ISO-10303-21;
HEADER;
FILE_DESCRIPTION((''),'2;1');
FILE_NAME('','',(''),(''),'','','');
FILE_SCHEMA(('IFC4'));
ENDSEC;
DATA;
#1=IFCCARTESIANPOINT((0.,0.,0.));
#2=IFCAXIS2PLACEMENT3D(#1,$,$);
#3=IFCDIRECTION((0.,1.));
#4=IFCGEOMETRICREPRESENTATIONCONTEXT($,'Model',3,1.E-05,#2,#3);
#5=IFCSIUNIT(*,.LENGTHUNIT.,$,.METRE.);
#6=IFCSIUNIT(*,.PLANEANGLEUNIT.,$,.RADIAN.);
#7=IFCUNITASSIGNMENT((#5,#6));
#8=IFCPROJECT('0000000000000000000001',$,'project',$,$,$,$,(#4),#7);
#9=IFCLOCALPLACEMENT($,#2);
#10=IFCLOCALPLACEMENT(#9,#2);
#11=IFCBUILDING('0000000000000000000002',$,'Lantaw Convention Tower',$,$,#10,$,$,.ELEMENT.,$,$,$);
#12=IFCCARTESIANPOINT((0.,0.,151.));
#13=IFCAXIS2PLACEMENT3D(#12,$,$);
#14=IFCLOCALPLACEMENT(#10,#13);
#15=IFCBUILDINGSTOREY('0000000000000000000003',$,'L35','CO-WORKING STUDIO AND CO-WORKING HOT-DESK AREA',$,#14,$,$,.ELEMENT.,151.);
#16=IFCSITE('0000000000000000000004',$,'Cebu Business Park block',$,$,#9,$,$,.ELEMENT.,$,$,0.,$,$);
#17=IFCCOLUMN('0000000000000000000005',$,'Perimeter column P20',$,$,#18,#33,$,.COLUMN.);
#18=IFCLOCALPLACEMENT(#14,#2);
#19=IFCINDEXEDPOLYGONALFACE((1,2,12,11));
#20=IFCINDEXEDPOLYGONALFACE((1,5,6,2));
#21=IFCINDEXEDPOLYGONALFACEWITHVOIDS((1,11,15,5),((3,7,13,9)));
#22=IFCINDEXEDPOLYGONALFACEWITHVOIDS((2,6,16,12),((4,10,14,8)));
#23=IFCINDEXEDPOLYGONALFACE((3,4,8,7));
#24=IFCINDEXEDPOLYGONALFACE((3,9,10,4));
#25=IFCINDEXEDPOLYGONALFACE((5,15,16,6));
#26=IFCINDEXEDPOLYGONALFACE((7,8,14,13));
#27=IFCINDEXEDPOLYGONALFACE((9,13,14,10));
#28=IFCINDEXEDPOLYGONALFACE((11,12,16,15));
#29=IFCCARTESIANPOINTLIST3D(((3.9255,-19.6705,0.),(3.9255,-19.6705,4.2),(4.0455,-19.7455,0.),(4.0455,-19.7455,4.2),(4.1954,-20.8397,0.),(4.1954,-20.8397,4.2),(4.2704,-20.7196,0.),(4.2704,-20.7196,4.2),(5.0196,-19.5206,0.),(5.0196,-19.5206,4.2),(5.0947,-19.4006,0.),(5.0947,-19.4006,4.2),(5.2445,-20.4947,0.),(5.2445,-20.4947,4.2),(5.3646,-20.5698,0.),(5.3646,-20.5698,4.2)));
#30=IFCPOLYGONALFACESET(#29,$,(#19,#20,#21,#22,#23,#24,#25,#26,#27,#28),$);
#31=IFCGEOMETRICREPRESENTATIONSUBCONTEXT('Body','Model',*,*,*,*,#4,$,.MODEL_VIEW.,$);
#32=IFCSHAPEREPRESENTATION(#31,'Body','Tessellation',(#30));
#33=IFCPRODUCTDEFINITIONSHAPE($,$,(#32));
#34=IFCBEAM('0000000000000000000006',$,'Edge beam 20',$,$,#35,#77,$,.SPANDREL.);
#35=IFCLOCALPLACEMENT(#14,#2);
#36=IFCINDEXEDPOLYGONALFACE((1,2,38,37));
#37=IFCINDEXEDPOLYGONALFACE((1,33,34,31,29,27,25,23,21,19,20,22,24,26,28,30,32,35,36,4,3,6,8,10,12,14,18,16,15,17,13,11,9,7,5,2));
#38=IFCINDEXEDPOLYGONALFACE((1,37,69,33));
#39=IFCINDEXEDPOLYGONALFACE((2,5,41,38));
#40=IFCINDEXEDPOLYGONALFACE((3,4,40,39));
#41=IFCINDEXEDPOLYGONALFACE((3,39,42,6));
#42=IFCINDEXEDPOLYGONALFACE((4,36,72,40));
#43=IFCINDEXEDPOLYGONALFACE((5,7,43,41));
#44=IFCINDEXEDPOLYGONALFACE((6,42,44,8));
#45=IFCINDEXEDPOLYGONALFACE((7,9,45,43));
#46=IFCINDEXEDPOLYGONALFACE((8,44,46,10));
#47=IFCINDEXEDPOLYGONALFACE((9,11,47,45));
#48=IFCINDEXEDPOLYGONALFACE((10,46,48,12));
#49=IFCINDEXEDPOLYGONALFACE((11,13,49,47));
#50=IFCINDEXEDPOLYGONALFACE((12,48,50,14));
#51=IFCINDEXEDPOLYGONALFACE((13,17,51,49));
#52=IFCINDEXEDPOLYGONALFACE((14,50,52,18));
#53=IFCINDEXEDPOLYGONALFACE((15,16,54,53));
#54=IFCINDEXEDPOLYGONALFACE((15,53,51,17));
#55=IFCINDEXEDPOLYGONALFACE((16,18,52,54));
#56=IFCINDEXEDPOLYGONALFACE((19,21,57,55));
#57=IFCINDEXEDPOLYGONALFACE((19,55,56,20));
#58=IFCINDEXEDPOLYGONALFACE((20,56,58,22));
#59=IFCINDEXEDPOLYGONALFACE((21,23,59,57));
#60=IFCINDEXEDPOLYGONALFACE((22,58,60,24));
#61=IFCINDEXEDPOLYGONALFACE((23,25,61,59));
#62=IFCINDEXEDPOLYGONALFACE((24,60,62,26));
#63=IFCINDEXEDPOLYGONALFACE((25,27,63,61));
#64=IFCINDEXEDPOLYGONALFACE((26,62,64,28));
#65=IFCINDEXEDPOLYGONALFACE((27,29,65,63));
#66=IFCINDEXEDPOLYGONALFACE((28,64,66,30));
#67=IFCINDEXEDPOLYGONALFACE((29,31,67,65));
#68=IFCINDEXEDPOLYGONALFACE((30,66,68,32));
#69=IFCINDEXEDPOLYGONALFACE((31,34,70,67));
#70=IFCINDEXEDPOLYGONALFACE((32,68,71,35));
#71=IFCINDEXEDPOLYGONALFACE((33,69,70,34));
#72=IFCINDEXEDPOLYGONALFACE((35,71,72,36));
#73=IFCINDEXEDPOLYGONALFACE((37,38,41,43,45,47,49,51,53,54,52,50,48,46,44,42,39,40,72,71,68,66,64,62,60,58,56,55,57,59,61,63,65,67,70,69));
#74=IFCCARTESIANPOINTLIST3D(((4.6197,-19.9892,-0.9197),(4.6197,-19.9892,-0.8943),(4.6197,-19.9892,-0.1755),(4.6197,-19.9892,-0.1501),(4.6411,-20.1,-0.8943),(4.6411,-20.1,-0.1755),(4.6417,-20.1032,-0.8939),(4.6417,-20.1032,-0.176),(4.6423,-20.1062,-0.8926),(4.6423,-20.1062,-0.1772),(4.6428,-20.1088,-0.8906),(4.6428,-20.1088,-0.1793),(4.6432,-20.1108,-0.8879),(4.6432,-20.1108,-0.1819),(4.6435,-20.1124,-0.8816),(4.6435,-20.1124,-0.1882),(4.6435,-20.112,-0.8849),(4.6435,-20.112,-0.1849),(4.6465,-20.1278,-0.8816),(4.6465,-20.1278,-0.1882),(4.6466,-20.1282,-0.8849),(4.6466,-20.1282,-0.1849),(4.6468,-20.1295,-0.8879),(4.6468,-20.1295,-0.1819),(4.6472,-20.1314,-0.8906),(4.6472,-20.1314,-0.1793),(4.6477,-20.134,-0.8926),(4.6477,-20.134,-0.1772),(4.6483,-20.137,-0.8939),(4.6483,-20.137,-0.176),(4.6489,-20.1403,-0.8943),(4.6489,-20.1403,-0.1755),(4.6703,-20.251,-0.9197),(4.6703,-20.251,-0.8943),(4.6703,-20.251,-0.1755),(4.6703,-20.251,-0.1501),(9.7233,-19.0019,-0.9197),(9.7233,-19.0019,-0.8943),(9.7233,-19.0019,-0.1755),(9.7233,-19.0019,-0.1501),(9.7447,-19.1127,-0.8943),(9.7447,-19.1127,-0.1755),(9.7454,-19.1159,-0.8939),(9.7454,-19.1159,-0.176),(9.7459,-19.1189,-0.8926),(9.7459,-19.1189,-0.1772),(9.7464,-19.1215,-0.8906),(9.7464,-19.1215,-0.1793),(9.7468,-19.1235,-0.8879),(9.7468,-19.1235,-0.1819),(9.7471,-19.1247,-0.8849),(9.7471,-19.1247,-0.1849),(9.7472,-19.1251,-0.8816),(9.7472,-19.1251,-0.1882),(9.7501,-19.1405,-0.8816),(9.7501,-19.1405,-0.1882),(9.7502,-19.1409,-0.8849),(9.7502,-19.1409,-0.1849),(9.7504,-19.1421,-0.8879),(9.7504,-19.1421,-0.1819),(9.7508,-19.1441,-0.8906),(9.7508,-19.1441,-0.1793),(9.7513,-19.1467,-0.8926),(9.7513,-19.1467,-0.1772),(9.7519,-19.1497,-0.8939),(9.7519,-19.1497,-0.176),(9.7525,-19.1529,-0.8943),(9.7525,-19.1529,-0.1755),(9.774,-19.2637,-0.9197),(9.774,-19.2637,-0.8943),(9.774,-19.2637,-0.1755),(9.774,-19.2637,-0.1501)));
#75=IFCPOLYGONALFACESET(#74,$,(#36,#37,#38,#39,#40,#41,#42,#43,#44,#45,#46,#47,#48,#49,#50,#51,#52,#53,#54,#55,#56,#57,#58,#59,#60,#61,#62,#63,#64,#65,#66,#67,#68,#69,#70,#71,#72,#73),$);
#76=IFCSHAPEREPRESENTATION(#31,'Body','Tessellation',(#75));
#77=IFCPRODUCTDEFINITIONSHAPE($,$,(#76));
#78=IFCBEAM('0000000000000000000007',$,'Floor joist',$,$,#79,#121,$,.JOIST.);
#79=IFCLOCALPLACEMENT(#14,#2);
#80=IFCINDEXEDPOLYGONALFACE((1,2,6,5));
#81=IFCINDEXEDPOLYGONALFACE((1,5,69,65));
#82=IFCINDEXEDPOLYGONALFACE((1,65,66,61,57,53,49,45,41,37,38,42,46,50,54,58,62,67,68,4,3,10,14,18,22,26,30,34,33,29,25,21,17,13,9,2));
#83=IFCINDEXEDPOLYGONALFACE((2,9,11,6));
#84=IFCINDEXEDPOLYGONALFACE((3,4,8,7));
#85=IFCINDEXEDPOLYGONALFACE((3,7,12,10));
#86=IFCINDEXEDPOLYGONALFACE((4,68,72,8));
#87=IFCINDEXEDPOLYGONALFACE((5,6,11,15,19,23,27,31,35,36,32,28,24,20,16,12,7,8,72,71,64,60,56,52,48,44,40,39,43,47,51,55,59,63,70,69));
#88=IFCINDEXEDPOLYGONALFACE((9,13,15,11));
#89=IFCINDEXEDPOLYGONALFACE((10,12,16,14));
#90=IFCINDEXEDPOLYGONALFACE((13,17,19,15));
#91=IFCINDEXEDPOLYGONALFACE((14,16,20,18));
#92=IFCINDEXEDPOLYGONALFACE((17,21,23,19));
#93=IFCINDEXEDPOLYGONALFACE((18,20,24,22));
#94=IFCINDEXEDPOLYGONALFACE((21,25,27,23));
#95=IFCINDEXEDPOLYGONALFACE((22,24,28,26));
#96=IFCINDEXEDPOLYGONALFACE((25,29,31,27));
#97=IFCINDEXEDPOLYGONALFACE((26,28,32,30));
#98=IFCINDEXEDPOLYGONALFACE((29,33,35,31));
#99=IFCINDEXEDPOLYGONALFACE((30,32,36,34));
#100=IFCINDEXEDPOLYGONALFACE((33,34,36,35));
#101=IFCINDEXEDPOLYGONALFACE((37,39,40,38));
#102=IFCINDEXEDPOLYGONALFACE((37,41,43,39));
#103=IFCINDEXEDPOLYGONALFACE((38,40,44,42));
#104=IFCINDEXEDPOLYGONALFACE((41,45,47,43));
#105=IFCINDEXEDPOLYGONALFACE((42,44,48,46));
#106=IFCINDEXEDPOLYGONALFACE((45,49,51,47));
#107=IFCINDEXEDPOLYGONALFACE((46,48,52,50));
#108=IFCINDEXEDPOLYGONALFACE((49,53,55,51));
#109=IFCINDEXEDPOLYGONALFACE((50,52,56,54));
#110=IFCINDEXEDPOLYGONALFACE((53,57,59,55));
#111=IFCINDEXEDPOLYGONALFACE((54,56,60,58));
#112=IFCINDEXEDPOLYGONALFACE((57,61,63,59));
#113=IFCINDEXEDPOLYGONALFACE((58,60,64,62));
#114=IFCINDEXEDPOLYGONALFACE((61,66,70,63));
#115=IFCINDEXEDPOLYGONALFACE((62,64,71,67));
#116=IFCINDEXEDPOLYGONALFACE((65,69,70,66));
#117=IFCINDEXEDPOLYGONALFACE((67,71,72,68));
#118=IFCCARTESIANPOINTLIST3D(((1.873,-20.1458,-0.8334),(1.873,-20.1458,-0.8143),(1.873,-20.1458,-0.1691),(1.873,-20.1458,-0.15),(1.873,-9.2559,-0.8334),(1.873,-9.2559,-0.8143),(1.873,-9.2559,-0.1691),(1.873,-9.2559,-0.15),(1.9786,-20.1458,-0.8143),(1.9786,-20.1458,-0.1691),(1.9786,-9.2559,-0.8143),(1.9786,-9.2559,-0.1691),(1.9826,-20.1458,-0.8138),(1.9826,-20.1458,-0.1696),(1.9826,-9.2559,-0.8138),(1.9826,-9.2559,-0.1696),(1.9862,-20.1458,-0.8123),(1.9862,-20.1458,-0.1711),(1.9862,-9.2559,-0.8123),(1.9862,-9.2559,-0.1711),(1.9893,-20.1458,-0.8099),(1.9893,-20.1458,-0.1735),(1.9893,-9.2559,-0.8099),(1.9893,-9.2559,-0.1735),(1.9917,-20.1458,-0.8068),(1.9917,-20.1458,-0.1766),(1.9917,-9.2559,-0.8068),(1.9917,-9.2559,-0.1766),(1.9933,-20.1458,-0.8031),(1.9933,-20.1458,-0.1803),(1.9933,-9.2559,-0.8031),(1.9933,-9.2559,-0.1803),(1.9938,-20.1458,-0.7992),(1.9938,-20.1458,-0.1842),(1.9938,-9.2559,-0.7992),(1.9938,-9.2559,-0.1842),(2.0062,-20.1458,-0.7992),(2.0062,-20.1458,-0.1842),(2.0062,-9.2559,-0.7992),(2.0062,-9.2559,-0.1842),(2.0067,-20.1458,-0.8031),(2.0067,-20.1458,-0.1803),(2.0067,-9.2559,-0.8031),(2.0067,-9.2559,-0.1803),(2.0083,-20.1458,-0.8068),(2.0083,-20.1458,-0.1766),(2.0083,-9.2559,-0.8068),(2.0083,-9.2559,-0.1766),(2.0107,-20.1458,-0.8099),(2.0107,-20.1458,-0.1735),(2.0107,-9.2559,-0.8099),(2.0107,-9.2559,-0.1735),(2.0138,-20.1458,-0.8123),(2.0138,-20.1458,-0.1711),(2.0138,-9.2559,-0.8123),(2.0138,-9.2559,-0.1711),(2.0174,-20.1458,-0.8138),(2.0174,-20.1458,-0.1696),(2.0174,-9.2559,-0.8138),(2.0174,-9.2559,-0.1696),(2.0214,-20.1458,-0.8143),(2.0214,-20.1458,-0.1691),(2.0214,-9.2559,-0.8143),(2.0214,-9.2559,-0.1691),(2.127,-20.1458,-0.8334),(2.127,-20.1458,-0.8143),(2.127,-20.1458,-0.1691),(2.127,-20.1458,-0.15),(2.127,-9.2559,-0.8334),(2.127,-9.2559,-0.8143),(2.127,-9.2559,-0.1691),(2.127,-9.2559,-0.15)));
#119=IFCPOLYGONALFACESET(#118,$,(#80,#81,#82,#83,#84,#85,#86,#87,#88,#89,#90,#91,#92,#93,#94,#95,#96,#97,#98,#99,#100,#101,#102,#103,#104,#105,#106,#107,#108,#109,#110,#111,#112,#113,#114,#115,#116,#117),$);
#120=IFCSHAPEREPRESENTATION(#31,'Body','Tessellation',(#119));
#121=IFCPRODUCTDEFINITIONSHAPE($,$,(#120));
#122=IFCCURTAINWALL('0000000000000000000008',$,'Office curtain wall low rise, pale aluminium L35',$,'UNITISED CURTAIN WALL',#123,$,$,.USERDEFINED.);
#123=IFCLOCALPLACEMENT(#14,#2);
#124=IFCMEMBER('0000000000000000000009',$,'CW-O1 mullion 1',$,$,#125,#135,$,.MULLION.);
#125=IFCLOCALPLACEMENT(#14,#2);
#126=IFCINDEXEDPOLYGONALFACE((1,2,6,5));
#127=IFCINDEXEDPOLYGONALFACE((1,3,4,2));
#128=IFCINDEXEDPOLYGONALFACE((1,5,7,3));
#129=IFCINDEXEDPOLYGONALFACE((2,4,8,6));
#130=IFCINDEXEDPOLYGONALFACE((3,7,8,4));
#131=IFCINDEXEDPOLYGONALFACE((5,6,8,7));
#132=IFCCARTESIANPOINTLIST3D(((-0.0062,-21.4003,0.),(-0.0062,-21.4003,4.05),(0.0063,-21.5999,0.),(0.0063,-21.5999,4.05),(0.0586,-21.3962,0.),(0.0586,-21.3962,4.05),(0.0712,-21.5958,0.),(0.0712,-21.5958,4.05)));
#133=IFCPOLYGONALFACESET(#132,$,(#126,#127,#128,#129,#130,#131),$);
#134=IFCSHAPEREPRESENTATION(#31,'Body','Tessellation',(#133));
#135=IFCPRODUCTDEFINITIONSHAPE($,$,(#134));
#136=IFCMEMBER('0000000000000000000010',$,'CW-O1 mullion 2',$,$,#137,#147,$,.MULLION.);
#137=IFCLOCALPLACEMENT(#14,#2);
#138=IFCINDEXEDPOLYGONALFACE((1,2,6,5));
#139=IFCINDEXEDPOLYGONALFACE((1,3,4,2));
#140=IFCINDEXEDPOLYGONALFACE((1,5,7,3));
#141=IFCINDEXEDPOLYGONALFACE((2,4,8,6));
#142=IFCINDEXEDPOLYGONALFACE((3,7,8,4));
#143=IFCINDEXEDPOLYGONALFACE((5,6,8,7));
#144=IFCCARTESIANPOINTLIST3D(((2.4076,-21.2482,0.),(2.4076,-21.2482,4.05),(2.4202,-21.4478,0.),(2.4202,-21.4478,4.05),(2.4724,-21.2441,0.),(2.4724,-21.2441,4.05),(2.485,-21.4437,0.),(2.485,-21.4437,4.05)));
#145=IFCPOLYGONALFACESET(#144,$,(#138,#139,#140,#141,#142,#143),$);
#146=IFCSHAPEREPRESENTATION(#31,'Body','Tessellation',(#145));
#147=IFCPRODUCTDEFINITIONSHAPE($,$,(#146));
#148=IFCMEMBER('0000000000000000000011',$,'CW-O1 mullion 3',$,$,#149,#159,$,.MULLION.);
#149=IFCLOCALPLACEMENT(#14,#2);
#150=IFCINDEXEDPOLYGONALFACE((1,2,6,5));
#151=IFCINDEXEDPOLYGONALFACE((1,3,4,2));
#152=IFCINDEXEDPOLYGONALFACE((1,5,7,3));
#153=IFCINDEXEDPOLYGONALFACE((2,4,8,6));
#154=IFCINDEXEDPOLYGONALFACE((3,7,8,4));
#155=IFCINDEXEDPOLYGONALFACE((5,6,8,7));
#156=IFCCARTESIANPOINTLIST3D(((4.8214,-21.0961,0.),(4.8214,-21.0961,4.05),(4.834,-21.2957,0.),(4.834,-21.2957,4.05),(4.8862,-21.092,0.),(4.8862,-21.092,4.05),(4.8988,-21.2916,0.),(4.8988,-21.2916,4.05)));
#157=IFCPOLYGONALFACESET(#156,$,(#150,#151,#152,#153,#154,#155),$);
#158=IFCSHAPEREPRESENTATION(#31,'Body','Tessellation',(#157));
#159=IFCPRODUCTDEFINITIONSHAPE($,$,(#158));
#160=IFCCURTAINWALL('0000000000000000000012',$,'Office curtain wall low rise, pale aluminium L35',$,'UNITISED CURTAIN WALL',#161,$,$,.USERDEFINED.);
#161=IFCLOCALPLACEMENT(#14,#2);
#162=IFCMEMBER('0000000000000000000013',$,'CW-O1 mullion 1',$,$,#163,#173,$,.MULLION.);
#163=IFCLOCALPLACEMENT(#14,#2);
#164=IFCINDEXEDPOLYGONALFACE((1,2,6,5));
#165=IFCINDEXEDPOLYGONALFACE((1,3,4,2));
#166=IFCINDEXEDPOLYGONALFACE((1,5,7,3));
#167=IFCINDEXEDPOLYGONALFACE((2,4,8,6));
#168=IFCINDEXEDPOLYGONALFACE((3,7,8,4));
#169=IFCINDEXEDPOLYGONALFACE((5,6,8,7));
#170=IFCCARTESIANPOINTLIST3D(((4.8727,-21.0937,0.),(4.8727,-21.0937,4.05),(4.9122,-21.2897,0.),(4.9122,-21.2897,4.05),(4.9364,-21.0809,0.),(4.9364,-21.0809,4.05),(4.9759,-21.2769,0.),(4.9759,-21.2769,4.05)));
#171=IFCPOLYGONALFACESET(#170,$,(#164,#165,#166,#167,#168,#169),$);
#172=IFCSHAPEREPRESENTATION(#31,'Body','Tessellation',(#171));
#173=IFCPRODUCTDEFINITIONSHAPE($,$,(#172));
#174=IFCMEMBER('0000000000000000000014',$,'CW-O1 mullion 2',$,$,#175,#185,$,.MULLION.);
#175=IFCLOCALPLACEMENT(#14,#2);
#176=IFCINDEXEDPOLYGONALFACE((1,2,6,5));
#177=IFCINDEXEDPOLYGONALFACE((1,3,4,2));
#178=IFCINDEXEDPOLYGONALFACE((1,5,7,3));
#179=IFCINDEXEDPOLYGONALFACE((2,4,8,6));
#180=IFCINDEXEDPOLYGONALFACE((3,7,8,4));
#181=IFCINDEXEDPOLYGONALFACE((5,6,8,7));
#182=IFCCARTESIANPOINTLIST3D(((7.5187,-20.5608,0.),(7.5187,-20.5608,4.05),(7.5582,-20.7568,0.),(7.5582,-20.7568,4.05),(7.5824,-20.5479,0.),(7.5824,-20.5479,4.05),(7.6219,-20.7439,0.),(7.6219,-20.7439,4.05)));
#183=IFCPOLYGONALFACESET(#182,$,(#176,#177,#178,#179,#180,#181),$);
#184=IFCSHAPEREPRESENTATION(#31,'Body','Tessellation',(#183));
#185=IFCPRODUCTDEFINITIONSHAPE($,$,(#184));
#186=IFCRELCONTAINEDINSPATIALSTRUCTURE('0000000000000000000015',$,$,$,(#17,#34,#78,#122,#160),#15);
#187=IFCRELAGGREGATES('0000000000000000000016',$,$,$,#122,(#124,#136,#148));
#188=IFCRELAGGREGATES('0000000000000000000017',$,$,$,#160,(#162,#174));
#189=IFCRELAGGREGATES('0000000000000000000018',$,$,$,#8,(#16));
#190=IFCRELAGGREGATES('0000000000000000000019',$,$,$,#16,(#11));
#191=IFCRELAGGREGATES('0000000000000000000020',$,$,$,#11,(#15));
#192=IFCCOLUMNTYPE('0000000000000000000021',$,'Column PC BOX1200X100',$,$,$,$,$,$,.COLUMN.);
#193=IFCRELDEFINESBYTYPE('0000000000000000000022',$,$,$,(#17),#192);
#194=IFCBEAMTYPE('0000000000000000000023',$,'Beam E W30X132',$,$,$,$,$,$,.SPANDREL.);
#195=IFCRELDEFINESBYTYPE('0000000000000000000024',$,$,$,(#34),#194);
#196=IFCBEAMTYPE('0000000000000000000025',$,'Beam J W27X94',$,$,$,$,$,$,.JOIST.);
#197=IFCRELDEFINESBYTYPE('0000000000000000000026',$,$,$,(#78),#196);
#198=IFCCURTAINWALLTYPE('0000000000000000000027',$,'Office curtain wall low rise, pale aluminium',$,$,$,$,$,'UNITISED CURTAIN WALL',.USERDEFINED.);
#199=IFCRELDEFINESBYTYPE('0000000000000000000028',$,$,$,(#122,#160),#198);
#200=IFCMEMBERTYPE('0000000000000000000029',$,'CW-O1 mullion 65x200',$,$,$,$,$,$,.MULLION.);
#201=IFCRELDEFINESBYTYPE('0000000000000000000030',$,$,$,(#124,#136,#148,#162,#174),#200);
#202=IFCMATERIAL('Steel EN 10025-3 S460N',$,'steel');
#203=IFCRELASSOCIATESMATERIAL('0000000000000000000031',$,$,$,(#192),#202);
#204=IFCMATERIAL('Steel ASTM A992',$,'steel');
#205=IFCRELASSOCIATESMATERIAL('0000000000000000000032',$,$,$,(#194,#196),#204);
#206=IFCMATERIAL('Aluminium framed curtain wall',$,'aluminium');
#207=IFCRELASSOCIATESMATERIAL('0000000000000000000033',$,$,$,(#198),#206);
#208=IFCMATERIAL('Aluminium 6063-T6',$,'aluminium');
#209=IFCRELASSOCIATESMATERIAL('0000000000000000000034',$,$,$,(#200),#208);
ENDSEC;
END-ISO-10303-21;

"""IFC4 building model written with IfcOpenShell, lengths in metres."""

from ifc_helpers import new_model, si_unit, direction, frame, origin, origin_2d, place, context, subcontext, project, spatial, rectangle, hollow_rectangle, i_section, extrude, material, material_profile, profile_set, type_object, element, aggregate, save


model = new_model("IFC4")

# Units and contexts
model_context = context("Model", 3, precision=1e-05, world=origin(), true_north=direction((0.0, 1.0)))
body_context = subcontext(model_context, "Body", "Model", "MODEL_VIEW")
ifc_project = project(units=[si_unit("LENGTHUNIT", "METRE"), si_unit("PLANEANGLEUNIT", "RADIAN")], contexts=[model_context])

# Site, building, storey
site_placement = place(None, origin())
site = spatial("IfcSite", under=ifc_project, at=site_placement, Name="Cebu Business Park block", CompositionType="ELEMENT", RefElevation=0.0)
building_placement = place(site_placement, origin())
building = spatial("IfcBuilding", under=site, at=building_placement, Name="Lantaw Convention Tower", CompositionType="ELEMENT")
storey_placement = place(building_placement, frame((0.0, 0.0, 151.0)))
storey = spatial("IfcBuildingStorey", under=building, at=storey_placement, Name="L35", Description="CO-WORKING STUDIO AND CO-WORKING HOT-DESK AREA", CompositionType="ELEMENT", Elevation=151.0)

# Column
ifc_material_1 = material(Name="Steel EN 10025-3 S460N", Category="steel")
ifc_material_profile_1 = material_profile(ifc_material_1, hollow_rectangle(XDim=1.2, YDim=1.2, WallThickness=0.1001, at=origin_2d()), Name="BOX1200X100")
ifc_material_2 = material(Name="Concrete C60/75", Category="concrete")
ifc_material_profile_2 = material_profile(ifc_material_2, rectangle(XDim=1.0, YDim=1.0, at=origin_2d()), Name="Concrete fill of BOX1200X100")
ifc_profile_set_1 = profile_set([ifc_material_profile_1, ifc_material_profile_2], Name="Steel EN 10025-3 S460N")
column_type = type_object("IfcColumnType", Name="Column PC BOX1200X100", PredefinedType="COLUMN", material=ifc_profile_set_1)
column_placement = place(storey_placement, frame((4.645, -20.1201, 0.0), z_axis=(0.0, 0.0, 1.0), x_axis=(0.97437, 0.224951, 0.0)))
element("IfcColumn", 1, at=column_placement, inside=storey, type_object=column_type, Name="Perimeter column P20", PredefinedType="COLUMN", context=body_context, shape_type="SweptSolid", body=[
    extrude(hollow_rectangle(XDim=1.2, YDim=1.2, WallThickness=0.1001, at=origin_2d()), origin(), (0.0, 0.0, 1.0), 4.2),
])

# Beams
ifc_material_3 = material(Name="Steel ASTM A992", Category="steel")
ifc_material_profile_3 = material_profile(ifc_material_3, i_section(OverallWidth=0.2666, OverallDepth=0.7695, WebThickness=0.0156, FlangeThickness=0.0254, FilletRadius=0.0127, at=origin_2d()), Name="W30X132")
ifc_profile_set_2 = profile_set([ifc_material_profile_3], Name="Steel ASTM A992")
beam_type_1 = type_object("IfcBeamType", Name="Beam E W30X132", PredefinedType="SPANDREL", material=ifc_profile_set_2)
beam_1_placement = place(storey_placement, frame((4.645, -20.1201, -0.5349), z_axis=(0.981797, 0.189934, 0.0), x_axis=(-0.189934, 0.981797, 0.0)))
element("IfcBeam", 2, at=beam_1_placement, inside=storey, type_object=beam_type_1, Name="Edge beam 20", PredefinedType="SPANDREL", context=body_context, shape_type="SweptSolid", body=[
    extrude(i_section(OverallWidth=0.2666, OverallDepth=0.7695, WebThickness=0.0156, FlangeThickness=0.0254, FilletRadius=0.0127, at=origin_2d()), origin(), (0.0, 0.0, 1.0), 5.1982),
])
ifc_material_profile_4 = material_profile(ifc_material_3, i_section(OverallWidth=0.2539, OverallDepth=0.6833, WebThickness=0.0125, FlangeThickness=0.019, FilletRadius=0.0151, at=origin_2d()), Name="W27X94")
ifc_profile_set_3 = profile_set([ifc_material_profile_4], Name="Steel ASTM A992")
beam_type_2 = type_object("IfcBeamType", Name="Beam J W27X94", PredefinedType="JOIST", material=ifc_profile_set_3)
beam_2_placement = place(storey_placement, frame((2.0, -20.1458, -0.4917), z_axis=(0.0, 1.0, 0.0), x_axis=(-1.0, 0.0, 0.0)))
element("IfcBeam", 3, at=beam_2_placement, inside=storey, type_object=beam_type_2, Name="Floor joist", PredefinedType="JOIST", context=body_context, shape_type="SweptSolid", body=[
    extrude(i_section(OverallWidth=0.2539, OverallDepth=0.6833, WebThickness=0.0125, FlangeThickness=0.019, FilletRadius=0.0151, at=origin_2d()), origin(), (0.0, 0.0, 1.0), 10.8899),
])

# Curtain walls, members
ifc_material_4 = material(Name="Aluminium framed curtain wall", Category="aluminium")
curtain_wall_type = type_object("IfcCurtainWallType", Name="Office curtain wall low rise, pale aluminium", ElementType="UNITISED CURTAIN WALL", PredefinedType="USERDEFINED", material=ifc_material_4)
curtain_wall_1_placement = place(storey_placement, origin())
curtain_wall_1 = element("IfcCurtainWall", 4, at=curtain_wall_1_placement, inside=storey, type_object=curtain_wall_type, Name="Office curtain wall low rise, pale aluminium L35", ObjectType="UNITISED CURTAIN WALL", PredefinedType="USERDEFINED")
ifc_material_5 = material(Name="Aluminium 6063-T6", Category="aluminium")
ifc_material_profile_5 = material_profile(ifc_material_5, rectangle(XDim=0.2, YDim=0.0649, at=origin_2d()), Name="CW-O1 mullion 65x200")
ifc_profile_set_4 = profile_set([ifc_material_profile_5], Name="Aluminium 6063-T6")
member_type_1 = type_object("IfcMemberType", Name="CW-O1 mullion 65x200", PredefinedType="MULLION", material=ifc_profile_set_4)
member_1_placement = place(storey_placement, frame((0.0325, -21.498, 0.0), z_axis=(0.0, 0.0, 1.0), x_axis=(-0.062865, 0.998022, 0.0)))
member_1 = element("IfcMember", 5, at=member_1_placement, type_object=member_type_1, Name="CW-O1 mullion 1", PredefinedType="MULLION", context=body_context, shape_type="SweptSolid", body=[
    extrude(rectangle(XDim=0.2, YDim=0.0649, at=origin_2d()), origin(), (0.0, 0.0, 1.0), 4.05),
])
member_2_placement = place(storey_placement, frame((2.4463, -21.3459, 0.0), z_axis=(0.0, 0.0, 1.0), x_axis=(-0.062865, 0.998022, 0.0)))
member_2 = element("IfcMember", 6, at=member_2_placement, type_object=member_type_1, Name="CW-O1 mullion 2", PredefinedType="MULLION", context=body_context, shape_type="SweptSolid", body=[
    extrude(rectangle(XDim=0.2, YDim=0.0649, at=origin_2d()), origin(), (0.0, 0.0, 1.0), 4.05),
])
member_3_placement = place(storey_placement, frame((4.8601, -21.1938, 0.0), z_axis=(0.0, 0.0, 1.0), x_axis=(-0.062865, 0.998022, 0.0)))
member_3 = element("IfcMember", 7, at=member_3_placement, type_object=member_type_1, Name="CW-O1 mullion 3", PredefinedType="MULLION", context=body_context, shape_type="SweptSolid", body=[
    extrude(rectangle(XDim=0.2, YDim=0.0649, at=origin_2d()), origin(), (0.0, 0.0, 1.0), 4.05),
])
curtain_wall_2_placement = place(storey_placement, origin())
curtain_wall_2 = element("IfcCurtainWall", 8, at=curtain_wall_2_placement, inside=storey, type_object=curtain_wall_type, Name="Office curtain wall low rise, pale aluminium L35", ObjectType="UNITISED CURTAIN WALL", PredefinedType="USERDEFINED")
member_4_placement = place(storey_placement, frame((4.9243, -21.1853, 0.0), z_axis=(0.0, 0.0, 1.0), x_axis=(-0.197507, 0.980302, 0.0)))
member_4 = element("IfcMember", 9, at=member_4_placement, type_object=member_type_1, Name="CW-O1 mullion 1", PredefinedType="MULLION", context=body_context, shape_type="SweptSolid", body=[
    extrude(rectangle(XDim=0.2, YDim=0.0649, at=origin_2d()), origin(), (0.0, 0.0, 1.0), 4.05),
])
member_5_placement = place(storey_placement, frame((7.5703, -20.6523, 0.0), z_axis=(0.0, 0.0, 1.0), x_axis=(-0.197507, 0.980302, 0.0)))
member_5 = element("IfcMember", 10, at=member_5_placement, type_object=member_type_1, Name="CW-O1 mullion 2", PredefinedType="MULLION", context=body_context, shape_type="SweptSolid", body=[
    extrude(rectangle(XDim=0.2, YDim=0.0649, at=origin_2d()), origin(), (0.0, 0.0, 1.0), 4.05),
])

aggregate(curtain_wall_1, [member_1, member_2, member_3])
aggregate(curtain_wall_2, [member_4, member_5])

save(model, "model.ifc")
